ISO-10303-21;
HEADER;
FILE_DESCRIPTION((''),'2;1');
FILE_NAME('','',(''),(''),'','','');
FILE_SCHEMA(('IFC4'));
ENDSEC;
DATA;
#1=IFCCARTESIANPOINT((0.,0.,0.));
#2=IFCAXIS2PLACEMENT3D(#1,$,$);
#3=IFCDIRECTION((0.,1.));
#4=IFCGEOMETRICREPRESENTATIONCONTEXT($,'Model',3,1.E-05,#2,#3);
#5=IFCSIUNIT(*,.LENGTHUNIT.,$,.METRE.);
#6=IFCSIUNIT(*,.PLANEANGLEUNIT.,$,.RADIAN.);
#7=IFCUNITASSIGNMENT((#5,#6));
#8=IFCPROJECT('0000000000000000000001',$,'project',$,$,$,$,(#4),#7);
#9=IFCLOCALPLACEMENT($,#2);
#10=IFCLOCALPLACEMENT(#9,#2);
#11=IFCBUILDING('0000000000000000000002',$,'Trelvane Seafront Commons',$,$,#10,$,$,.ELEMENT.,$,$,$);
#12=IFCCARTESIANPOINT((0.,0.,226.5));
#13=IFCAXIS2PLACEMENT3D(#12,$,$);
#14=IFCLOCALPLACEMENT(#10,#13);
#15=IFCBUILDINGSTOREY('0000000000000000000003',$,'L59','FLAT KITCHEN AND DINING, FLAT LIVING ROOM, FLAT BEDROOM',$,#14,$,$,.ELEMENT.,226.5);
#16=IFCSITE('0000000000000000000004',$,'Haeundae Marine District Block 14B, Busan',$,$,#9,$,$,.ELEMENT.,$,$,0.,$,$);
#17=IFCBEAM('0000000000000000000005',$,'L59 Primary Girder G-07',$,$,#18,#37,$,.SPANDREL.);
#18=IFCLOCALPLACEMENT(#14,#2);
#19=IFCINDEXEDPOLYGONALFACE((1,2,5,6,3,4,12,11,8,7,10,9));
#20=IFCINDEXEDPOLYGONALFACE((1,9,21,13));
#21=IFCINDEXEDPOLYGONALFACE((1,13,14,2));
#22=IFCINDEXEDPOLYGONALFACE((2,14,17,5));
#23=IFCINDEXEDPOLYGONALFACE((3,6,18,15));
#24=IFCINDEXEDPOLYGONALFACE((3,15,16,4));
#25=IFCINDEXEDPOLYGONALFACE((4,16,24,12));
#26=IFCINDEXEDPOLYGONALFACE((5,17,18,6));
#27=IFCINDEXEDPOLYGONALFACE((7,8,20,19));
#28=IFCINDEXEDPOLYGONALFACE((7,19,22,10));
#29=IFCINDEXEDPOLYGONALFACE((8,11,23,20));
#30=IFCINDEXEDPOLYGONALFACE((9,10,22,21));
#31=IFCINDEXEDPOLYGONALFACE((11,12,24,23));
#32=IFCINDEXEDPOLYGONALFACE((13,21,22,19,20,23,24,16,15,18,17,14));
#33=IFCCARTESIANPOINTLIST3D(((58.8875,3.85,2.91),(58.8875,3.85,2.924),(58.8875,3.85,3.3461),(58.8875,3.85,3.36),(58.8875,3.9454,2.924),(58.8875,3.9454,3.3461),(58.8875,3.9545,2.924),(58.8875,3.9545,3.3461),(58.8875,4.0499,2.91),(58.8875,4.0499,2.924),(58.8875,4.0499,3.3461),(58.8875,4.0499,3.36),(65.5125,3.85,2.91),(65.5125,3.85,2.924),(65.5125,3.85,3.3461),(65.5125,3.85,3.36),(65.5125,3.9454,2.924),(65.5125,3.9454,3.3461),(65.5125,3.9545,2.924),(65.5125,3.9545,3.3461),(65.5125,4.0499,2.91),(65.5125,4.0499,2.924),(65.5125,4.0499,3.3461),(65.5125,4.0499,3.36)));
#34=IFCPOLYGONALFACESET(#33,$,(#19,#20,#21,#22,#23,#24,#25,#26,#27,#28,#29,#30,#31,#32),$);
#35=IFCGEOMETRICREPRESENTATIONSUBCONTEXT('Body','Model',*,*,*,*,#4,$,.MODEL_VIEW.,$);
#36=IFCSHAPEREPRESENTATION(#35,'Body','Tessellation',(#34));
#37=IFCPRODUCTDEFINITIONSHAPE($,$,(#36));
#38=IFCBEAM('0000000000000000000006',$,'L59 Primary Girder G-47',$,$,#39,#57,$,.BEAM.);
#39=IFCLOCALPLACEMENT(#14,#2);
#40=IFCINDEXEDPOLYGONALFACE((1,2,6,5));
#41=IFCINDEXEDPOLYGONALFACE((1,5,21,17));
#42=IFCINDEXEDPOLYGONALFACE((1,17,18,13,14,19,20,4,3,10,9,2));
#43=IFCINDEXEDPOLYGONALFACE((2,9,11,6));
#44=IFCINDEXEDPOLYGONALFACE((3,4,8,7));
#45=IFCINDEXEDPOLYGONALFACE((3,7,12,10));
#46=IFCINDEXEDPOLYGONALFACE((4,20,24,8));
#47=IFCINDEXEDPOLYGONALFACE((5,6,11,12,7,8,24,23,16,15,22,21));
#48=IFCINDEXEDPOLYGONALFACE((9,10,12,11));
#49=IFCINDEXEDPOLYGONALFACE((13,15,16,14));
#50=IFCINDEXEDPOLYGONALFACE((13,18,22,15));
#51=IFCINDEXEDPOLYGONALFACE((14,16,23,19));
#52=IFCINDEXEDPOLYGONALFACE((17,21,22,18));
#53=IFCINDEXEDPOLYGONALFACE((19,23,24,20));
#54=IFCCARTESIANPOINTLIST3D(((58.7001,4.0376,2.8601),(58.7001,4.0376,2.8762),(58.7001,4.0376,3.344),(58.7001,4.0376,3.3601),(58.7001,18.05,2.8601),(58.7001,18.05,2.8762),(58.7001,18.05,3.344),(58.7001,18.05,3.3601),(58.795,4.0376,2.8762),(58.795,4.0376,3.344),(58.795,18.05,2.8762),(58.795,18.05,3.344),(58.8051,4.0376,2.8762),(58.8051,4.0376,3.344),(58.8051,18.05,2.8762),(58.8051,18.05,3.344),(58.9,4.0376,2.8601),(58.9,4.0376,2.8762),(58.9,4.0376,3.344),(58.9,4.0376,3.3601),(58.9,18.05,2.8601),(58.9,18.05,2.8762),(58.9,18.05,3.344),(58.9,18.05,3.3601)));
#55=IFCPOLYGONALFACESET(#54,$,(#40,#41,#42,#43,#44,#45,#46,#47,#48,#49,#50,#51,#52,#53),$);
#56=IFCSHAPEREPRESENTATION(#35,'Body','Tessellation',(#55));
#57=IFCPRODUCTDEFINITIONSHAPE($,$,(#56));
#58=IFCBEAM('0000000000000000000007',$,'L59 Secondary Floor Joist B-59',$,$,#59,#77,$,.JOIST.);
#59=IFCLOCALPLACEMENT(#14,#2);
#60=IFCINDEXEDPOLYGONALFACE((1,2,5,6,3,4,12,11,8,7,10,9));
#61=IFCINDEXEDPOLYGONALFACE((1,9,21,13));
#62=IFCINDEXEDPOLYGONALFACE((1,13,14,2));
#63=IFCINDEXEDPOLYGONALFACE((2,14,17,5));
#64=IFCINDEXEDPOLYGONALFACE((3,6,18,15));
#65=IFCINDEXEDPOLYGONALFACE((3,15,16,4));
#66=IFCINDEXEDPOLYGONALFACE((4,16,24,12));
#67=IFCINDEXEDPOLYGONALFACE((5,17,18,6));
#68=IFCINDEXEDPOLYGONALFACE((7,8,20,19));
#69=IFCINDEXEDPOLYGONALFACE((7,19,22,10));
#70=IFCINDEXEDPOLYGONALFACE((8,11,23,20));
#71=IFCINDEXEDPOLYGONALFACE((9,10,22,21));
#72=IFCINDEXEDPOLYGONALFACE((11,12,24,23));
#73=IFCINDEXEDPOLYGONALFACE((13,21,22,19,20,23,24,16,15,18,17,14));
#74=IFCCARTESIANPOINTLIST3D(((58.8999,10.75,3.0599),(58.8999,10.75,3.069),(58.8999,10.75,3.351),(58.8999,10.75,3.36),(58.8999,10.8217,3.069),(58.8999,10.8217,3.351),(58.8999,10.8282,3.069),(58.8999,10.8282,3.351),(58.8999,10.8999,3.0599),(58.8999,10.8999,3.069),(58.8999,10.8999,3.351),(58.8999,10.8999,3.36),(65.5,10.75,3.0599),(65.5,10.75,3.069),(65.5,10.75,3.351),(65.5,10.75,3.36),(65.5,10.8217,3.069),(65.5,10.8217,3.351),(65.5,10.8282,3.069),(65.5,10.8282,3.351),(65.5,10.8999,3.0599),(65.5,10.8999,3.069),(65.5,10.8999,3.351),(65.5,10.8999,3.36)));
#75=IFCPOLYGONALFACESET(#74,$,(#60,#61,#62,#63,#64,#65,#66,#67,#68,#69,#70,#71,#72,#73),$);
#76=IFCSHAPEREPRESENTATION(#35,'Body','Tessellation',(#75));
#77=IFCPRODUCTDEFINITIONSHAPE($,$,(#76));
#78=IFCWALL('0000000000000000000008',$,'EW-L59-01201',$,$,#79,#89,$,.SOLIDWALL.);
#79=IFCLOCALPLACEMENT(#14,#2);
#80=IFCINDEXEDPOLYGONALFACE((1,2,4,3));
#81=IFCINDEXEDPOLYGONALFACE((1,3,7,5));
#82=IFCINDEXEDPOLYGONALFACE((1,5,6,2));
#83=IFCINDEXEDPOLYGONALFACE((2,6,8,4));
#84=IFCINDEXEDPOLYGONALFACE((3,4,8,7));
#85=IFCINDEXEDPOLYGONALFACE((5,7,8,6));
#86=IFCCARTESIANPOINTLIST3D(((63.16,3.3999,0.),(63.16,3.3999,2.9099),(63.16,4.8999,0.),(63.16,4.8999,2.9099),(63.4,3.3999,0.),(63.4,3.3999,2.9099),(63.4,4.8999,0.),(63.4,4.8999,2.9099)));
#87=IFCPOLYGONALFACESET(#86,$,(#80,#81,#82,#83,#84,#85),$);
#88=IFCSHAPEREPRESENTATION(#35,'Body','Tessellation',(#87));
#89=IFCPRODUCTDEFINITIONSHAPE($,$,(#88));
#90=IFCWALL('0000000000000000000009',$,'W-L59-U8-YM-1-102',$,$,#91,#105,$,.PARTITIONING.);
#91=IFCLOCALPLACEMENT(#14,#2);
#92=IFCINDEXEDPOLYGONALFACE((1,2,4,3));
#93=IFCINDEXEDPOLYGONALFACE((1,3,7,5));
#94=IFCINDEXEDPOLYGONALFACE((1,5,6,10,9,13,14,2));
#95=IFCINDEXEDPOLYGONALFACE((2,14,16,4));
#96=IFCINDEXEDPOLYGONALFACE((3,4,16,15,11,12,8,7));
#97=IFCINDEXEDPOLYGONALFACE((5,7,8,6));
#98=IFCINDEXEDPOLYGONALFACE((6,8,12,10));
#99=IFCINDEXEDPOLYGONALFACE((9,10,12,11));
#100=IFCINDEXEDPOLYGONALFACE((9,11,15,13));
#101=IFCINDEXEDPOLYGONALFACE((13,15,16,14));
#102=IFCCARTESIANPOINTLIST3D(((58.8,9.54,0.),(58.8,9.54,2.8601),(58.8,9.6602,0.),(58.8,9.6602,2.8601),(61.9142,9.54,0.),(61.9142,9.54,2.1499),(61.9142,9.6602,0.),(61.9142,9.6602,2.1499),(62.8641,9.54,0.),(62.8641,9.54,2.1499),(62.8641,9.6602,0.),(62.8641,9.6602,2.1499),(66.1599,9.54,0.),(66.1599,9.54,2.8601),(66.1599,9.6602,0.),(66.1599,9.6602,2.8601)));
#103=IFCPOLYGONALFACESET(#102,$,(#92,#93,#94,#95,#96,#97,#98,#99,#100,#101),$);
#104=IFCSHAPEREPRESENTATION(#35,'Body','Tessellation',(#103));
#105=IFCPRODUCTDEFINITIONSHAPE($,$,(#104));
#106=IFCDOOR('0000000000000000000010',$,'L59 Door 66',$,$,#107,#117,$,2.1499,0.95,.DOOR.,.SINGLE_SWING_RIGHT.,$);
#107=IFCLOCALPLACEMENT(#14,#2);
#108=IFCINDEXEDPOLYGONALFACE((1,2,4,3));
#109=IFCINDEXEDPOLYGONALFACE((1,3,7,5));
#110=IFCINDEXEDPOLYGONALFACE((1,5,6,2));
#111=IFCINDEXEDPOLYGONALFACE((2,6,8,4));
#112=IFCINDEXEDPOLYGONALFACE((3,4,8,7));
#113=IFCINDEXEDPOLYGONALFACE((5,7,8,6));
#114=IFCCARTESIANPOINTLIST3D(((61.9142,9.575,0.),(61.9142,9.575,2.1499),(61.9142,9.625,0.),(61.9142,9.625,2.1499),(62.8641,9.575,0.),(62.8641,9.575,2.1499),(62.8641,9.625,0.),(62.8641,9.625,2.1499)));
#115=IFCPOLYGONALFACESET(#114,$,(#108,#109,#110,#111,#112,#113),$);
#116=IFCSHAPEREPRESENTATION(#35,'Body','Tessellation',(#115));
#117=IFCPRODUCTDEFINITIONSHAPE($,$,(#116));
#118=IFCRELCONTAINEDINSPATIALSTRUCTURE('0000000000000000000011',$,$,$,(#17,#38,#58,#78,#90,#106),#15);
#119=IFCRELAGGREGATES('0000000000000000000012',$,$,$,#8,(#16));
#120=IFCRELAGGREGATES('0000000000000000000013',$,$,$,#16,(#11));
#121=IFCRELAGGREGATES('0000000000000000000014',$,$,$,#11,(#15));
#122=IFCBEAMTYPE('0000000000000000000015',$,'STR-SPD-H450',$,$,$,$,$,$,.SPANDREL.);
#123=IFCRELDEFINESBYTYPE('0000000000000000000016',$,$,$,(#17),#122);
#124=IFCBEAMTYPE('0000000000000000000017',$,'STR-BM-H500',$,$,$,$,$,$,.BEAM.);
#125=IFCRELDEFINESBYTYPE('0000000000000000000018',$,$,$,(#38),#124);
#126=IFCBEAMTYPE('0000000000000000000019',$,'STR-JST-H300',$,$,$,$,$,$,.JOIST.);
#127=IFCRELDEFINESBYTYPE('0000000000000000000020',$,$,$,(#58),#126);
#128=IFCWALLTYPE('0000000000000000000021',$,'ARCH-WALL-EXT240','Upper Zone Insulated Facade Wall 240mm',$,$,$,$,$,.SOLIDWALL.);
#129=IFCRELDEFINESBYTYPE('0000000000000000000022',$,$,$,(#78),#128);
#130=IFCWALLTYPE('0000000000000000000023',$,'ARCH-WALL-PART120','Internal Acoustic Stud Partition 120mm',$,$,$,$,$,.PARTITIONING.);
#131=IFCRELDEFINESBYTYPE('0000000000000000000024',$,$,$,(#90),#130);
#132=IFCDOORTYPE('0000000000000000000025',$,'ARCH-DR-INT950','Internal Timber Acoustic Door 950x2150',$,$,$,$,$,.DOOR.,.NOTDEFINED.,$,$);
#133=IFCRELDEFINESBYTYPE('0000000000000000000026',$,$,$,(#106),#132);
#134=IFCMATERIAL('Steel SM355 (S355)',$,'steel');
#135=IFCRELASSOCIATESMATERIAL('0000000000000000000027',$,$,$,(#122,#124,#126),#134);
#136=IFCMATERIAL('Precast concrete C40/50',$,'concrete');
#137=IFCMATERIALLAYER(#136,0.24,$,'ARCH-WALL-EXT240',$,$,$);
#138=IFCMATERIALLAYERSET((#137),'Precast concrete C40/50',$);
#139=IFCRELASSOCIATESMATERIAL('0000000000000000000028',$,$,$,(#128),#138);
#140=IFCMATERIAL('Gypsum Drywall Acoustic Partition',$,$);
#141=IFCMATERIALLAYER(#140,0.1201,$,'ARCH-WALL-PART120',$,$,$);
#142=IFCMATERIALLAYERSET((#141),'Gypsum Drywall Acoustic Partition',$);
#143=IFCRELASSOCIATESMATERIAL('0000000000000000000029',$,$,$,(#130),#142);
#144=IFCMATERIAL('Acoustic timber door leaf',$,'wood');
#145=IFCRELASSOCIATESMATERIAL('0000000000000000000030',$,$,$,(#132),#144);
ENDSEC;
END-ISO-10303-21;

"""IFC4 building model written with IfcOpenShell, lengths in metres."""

from ifc_helpers import new_model, si_unit, direction, frame, frame_2d, origin, origin_2d, place, context, subcontext, project, spatial, rectangle, i_section, extrude, source, transform, mapped, material, layer, layer_set, material_profile, profile_set, type_object, element, fill, save


model = new_model("IFC4")

# Units and contexts
model_context = context("Model", 3, precision=1e-05, world=origin(), true_north=direction((0.0, 1.0)))
body_context = subcontext(model_context, "Body", "Model", "MODEL_VIEW")
ifc_project = project(units=[si_unit("LENGTHUNIT", "METRE"), si_unit("PLANEANGLEUNIT", "RADIAN")], contexts=[model_context])

# Site, building, storey
site_placement = place(None, origin())
site = spatial("IfcSite", under=ifc_project, at=site_placement, Name="Haeundae Marine District Block 14B, Busan", CompositionType="ELEMENT", RefElevation=0.0)
building_placement = place(site_placement, origin())
building = spatial("IfcBuilding", under=site, at=building_placement, Name="Trelvane Seafront Commons", CompositionType="ELEMENT")
storey_placement = place(building_placement, frame((0.0, 0.0, 226.5)))
storey = spatial("IfcBuildingStorey", under=building, at=storey_placement, Name="L59", Description="FLAT KITCHEN AND DINING, FLAT LIVING ROOM, FLAT BEDROOM", CompositionType="ELEMENT", Elevation=226.5)

# Beams
ifc_material_1 = material(Name="Steel SM355 (S355)", Category="steel")
ifc_material_profile_1 = material_profile(ifc_material_1, i_section(OverallWidth=0.2, OverallDepth=0.45, WebThickness=0.009, FlangeThickness=0.0139, at=origin_2d()), Name="H-450x200x9x14")
ifc_profile_set_1 = profile_set([ifc_material_profile_1], Name="Steel SM355 (S355)")
beam_type_1 = type_object("IfcBeamType", Name="STR-SPD-H450", PredefinedType="SPANDREL", material=ifc_profile_set_1)
shared_shape_1 = source(origin(), body_context, "Body", "SweptSolid", [
    extrude(i_section(OverallWidth=0.2, OverallDepth=0.45, WebThickness=0.009, FlangeThickness=0.0139, at=origin_2d()), origin(), (0.0, 0.0, 1.0), 6.625),
])
beam_1_placement = place(storey_placement, frame((58.8875, 3.95, 3.135), z_axis=(1.0, 0.0, 0.0), x_axis=(0.0, 1.0, 0.0)))
element("IfcBeam", 1, at=beam_1_placement, inside=storey, type_object=beam_type_1, Name="L59 Primary Girder G-07", PredefinedType="SPANDREL", context=body_context, shape_type="MappedRepresentation", body=[
    mapped(shared_shape_1, transform((0.0, 0.0, 0.0), x_axis=(1.0, 0.0, 0.0), y_axis=(0.0, 1.0, 0.0), z_axis=(0.0, 0.0, 1.0), scale=1.0)),
])
ifc_material_profile_2 = material_profile(ifc_material_1, i_section(OverallWidth=0.2, OverallDepth=0.5, WebThickness=0.01, FlangeThickness=0.0161, at=origin_2d()), Name="H-500x200x10x16")
ifc_profile_set_2 = profile_set([ifc_material_profile_2], Name="Steel SM355 (S355)")
beam_type_2 = type_object("IfcBeamType", Name="STR-BM-H500", PredefinedType="BEAM", material=ifc_profile_set_2)
shared_shape_2 = source(origin(), body_context, "Body", "SweptSolid", [
    extrude(i_section(OverallWidth=0.2, OverallDepth=0.5, WebThickness=0.01, FlangeThickness=0.0161, at=origin_2d()), origin(), (0.0, 0.0, 1.0), 14.0125),
])
beam_2_placement = place(storey_placement, frame((58.8, 4.0376, 3.1101), z_axis=(0.0, 1.0, 0.0), x_axis=(-1.0, 0.0, 0.0)))
element("IfcBeam", 2, at=beam_2_placement, inside=storey, type_object=beam_type_2, Name="L59 Primary Girder G-47", PredefinedType="BEAM", context=body_context, shape_type="MappedRepresentation", body=[
    mapped(shared_shape_2, transform((0.0, 0.0, 0.0), x_axis=(1.0, 0.0, 0.0), y_axis=(0.0, 1.0, 0.0), z_axis=(0.0, 0.0, 1.0), scale=1.0)),
])
ifc_material_profile_3 = material_profile(ifc_material_1, i_section(OverallWidth=0.1499, OverallDepth=0.3, WebThickness=0.0066, FlangeThickness=0.009, at=origin_2d()), Name="H-300x150x6.5x9")
ifc_profile_set_3 = profile_set([ifc_material_profile_3], Name="Steel SM355 (S355)")
beam_type_3 = type_object("IfcBeamType", Name="STR-JST-H300", PredefinedType="JOIST", material=ifc_profile_set_3)
shared_shape_3 = source(origin(), body_context, "Body", "SweptSolid", [
    extrude(i_section(OverallWidth=0.1499, OverallDepth=0.3, WebThickness=0.0066, FlangeThickness=0.009, at=origin_2d()), origin(), (0.0, 0.0, 1.0), 6.6001),
])
beam_3_placement = place(storey_placement, frame((58.8999, 10.825, 3.21), z_axis=(1.0, 0.0, 0.0), x_axis=(0.0, 1.0, 0.0)))
element("IfcBeam", 3, at=beam_3_placement, inside=storey, type_object=beam_type_3, Name="L59 Secondary Floor Joist B-59", PredefinedType="JOIST", context=body_context, shape_type="MappedRepresentation", body=[
    mapped(shared_shape_3, transform((0.0, 0.0, 0.0), x_axis=(1.0, 0.0, 0.0), y_axis=(0.0, 1.0, 0.0), z_axis=(0.0, 0.0, 1.0), scale=1.0)),
])

# Wall
ifc_material_2 = material(Name="Precast concrete C40/50", Category="concrete")
ifc_layer_1 = layer(ifc_material_2, 0.24, Name="ARCH-WALL-EXT240")
ifc_layer_set_1 = layer_set([ifc_layer_1], Name="Precast concrete C40/50")
wall_type_1 = type_object("IfcWallType", Name="ARCH-WALL-EXT240", Description="Upper Zone Insulated Facade Wall 240mm", PredefinedType="SOLIDWALL", material=ifc_layer_set_1)
wall_1_placement = place(storey_placement, frame((63.28, 4.8999, 0.0), z_axis=(0.0, 0.0, 1.0), x_axis=(0.0, -1.0, 0.0)))
element("IfcWall", 4, at=wall_1_placement, inside=storey, type_object=wall_type_1, Name="EW-L59-01201", PredefinedType="SOLIDWALL", context=body_context, shape_type="SweptSolid", body=[
    extrude(rectangle(XDim=1.5, YDim=0.24, at=frame_2d((0.75, 0.0))), origin(), (0.0, 0.0, 1.0), 2.9099),
])

# Wall, opening, door
ifc_material_3 = material(Name="Gypsum Drywall Acoustic Partition")
ifc_layer_2 = layer(ifc_material_3, 0.1201, Name="ARCH-WALL-PART120")
ifc_layer_set_2 = layer_set([ifc_layer_2], Name="Gypsum Drywall Acoustic Partition")
wall_type_2 = type_object("IfcWallType", Name="ARCH-WALL-PART120", Description="Internal Acoustic Stud Partition 120mm", PredefinedType="PARTITIONING", material=ifc_layer_set_2)
wall_2_placement = place(storey_placement, frame((58.8, 9.6001, 0.0), z_axis=(0.0, 0.0, 1.0), x_axis=(1.0, 0.0, 0.0)))
wall_2 = element("IfcWall", 5, at=wall_2_placement, inside=storey, type_object=wall_type_2, Name="W-L59-U8-YM-1-102", PredefinedType="PARTITIONING", context=body_context, shape_type="SweptSolid", body=[
    extrude(rectangle(XDim=7.3599, YDim=0.1201, at=frame_2d((3.6799, 0.0))), origin(), (0.0, 0.0, 1.0), 2.8601),
])
opening_placement = place(wall_2_placement, frame((3.114, 0.0, 0.0)))
opening = element("IfcOpeningElement", 6, at=opening_placement, cuts=wall_2, PredefinedType="OPENING", context=body_context, shape_type="SweptSolid", body=[
    extrude(rectangle(XDim=0.95, YDim=2.1499, at=frame_2d((0.4751, 1.075))), frame((0.0, 0.0701, 0.0), z_axis=(0.0, -1.0, 0.0), x_axis=(1.0, 0.0, 0.0)), (0.0, 0.0, 1.0), 0.1401),
])
ifc_material_4 = material(Name="Acoustic timber door leaf", Category="wood")
door_type = type_object("IfcDoorType", Name="ARCH-DR-INT950", Description="Internal Timber Acoustic Door 950x2150", OperationType="NOTDEFINED", PredefinedType="DOOR", material=ifc_material_4)
shared_shape_4 = source(origin(), body_context, "Body", "SweptSolid", [
    extrude(rectangle(XDim=0.95, YDim=2.1499, at=frame_2d((0.4751, 1.075))), frame((0.0, 0.0249, 0.0), z_axis=(0.0, -1.0, 0.0), x_axis=(1.0, 0.0, 0.0)), (0.0, 0.0, 1.0), 0.05),
])
door_placement = place(opening_placement, origin())
door = element("IfcDoor", 7, at=door_placement, inside=storey, type_object=door_type, Name="L59 Door 66", OperationType="SINGLE_SWING_RIGHT", OverallHeight=2.1499, OverallWidth=0.95, PredefinedType="DOOR", context=body_context, shape_type="MappedRepresentation", body=[
    mapped(shared_shape_4, transform((0.0, 0.0, 0.0), x_axis=(1.0, 0.0, 0.0), y_axis=(0.0, 1.0, 0.0), z_axis=(0.0, 0.0, 1.0), scale=1.0)),
])
fill(opening, door)

save(model, "model.ifc")
